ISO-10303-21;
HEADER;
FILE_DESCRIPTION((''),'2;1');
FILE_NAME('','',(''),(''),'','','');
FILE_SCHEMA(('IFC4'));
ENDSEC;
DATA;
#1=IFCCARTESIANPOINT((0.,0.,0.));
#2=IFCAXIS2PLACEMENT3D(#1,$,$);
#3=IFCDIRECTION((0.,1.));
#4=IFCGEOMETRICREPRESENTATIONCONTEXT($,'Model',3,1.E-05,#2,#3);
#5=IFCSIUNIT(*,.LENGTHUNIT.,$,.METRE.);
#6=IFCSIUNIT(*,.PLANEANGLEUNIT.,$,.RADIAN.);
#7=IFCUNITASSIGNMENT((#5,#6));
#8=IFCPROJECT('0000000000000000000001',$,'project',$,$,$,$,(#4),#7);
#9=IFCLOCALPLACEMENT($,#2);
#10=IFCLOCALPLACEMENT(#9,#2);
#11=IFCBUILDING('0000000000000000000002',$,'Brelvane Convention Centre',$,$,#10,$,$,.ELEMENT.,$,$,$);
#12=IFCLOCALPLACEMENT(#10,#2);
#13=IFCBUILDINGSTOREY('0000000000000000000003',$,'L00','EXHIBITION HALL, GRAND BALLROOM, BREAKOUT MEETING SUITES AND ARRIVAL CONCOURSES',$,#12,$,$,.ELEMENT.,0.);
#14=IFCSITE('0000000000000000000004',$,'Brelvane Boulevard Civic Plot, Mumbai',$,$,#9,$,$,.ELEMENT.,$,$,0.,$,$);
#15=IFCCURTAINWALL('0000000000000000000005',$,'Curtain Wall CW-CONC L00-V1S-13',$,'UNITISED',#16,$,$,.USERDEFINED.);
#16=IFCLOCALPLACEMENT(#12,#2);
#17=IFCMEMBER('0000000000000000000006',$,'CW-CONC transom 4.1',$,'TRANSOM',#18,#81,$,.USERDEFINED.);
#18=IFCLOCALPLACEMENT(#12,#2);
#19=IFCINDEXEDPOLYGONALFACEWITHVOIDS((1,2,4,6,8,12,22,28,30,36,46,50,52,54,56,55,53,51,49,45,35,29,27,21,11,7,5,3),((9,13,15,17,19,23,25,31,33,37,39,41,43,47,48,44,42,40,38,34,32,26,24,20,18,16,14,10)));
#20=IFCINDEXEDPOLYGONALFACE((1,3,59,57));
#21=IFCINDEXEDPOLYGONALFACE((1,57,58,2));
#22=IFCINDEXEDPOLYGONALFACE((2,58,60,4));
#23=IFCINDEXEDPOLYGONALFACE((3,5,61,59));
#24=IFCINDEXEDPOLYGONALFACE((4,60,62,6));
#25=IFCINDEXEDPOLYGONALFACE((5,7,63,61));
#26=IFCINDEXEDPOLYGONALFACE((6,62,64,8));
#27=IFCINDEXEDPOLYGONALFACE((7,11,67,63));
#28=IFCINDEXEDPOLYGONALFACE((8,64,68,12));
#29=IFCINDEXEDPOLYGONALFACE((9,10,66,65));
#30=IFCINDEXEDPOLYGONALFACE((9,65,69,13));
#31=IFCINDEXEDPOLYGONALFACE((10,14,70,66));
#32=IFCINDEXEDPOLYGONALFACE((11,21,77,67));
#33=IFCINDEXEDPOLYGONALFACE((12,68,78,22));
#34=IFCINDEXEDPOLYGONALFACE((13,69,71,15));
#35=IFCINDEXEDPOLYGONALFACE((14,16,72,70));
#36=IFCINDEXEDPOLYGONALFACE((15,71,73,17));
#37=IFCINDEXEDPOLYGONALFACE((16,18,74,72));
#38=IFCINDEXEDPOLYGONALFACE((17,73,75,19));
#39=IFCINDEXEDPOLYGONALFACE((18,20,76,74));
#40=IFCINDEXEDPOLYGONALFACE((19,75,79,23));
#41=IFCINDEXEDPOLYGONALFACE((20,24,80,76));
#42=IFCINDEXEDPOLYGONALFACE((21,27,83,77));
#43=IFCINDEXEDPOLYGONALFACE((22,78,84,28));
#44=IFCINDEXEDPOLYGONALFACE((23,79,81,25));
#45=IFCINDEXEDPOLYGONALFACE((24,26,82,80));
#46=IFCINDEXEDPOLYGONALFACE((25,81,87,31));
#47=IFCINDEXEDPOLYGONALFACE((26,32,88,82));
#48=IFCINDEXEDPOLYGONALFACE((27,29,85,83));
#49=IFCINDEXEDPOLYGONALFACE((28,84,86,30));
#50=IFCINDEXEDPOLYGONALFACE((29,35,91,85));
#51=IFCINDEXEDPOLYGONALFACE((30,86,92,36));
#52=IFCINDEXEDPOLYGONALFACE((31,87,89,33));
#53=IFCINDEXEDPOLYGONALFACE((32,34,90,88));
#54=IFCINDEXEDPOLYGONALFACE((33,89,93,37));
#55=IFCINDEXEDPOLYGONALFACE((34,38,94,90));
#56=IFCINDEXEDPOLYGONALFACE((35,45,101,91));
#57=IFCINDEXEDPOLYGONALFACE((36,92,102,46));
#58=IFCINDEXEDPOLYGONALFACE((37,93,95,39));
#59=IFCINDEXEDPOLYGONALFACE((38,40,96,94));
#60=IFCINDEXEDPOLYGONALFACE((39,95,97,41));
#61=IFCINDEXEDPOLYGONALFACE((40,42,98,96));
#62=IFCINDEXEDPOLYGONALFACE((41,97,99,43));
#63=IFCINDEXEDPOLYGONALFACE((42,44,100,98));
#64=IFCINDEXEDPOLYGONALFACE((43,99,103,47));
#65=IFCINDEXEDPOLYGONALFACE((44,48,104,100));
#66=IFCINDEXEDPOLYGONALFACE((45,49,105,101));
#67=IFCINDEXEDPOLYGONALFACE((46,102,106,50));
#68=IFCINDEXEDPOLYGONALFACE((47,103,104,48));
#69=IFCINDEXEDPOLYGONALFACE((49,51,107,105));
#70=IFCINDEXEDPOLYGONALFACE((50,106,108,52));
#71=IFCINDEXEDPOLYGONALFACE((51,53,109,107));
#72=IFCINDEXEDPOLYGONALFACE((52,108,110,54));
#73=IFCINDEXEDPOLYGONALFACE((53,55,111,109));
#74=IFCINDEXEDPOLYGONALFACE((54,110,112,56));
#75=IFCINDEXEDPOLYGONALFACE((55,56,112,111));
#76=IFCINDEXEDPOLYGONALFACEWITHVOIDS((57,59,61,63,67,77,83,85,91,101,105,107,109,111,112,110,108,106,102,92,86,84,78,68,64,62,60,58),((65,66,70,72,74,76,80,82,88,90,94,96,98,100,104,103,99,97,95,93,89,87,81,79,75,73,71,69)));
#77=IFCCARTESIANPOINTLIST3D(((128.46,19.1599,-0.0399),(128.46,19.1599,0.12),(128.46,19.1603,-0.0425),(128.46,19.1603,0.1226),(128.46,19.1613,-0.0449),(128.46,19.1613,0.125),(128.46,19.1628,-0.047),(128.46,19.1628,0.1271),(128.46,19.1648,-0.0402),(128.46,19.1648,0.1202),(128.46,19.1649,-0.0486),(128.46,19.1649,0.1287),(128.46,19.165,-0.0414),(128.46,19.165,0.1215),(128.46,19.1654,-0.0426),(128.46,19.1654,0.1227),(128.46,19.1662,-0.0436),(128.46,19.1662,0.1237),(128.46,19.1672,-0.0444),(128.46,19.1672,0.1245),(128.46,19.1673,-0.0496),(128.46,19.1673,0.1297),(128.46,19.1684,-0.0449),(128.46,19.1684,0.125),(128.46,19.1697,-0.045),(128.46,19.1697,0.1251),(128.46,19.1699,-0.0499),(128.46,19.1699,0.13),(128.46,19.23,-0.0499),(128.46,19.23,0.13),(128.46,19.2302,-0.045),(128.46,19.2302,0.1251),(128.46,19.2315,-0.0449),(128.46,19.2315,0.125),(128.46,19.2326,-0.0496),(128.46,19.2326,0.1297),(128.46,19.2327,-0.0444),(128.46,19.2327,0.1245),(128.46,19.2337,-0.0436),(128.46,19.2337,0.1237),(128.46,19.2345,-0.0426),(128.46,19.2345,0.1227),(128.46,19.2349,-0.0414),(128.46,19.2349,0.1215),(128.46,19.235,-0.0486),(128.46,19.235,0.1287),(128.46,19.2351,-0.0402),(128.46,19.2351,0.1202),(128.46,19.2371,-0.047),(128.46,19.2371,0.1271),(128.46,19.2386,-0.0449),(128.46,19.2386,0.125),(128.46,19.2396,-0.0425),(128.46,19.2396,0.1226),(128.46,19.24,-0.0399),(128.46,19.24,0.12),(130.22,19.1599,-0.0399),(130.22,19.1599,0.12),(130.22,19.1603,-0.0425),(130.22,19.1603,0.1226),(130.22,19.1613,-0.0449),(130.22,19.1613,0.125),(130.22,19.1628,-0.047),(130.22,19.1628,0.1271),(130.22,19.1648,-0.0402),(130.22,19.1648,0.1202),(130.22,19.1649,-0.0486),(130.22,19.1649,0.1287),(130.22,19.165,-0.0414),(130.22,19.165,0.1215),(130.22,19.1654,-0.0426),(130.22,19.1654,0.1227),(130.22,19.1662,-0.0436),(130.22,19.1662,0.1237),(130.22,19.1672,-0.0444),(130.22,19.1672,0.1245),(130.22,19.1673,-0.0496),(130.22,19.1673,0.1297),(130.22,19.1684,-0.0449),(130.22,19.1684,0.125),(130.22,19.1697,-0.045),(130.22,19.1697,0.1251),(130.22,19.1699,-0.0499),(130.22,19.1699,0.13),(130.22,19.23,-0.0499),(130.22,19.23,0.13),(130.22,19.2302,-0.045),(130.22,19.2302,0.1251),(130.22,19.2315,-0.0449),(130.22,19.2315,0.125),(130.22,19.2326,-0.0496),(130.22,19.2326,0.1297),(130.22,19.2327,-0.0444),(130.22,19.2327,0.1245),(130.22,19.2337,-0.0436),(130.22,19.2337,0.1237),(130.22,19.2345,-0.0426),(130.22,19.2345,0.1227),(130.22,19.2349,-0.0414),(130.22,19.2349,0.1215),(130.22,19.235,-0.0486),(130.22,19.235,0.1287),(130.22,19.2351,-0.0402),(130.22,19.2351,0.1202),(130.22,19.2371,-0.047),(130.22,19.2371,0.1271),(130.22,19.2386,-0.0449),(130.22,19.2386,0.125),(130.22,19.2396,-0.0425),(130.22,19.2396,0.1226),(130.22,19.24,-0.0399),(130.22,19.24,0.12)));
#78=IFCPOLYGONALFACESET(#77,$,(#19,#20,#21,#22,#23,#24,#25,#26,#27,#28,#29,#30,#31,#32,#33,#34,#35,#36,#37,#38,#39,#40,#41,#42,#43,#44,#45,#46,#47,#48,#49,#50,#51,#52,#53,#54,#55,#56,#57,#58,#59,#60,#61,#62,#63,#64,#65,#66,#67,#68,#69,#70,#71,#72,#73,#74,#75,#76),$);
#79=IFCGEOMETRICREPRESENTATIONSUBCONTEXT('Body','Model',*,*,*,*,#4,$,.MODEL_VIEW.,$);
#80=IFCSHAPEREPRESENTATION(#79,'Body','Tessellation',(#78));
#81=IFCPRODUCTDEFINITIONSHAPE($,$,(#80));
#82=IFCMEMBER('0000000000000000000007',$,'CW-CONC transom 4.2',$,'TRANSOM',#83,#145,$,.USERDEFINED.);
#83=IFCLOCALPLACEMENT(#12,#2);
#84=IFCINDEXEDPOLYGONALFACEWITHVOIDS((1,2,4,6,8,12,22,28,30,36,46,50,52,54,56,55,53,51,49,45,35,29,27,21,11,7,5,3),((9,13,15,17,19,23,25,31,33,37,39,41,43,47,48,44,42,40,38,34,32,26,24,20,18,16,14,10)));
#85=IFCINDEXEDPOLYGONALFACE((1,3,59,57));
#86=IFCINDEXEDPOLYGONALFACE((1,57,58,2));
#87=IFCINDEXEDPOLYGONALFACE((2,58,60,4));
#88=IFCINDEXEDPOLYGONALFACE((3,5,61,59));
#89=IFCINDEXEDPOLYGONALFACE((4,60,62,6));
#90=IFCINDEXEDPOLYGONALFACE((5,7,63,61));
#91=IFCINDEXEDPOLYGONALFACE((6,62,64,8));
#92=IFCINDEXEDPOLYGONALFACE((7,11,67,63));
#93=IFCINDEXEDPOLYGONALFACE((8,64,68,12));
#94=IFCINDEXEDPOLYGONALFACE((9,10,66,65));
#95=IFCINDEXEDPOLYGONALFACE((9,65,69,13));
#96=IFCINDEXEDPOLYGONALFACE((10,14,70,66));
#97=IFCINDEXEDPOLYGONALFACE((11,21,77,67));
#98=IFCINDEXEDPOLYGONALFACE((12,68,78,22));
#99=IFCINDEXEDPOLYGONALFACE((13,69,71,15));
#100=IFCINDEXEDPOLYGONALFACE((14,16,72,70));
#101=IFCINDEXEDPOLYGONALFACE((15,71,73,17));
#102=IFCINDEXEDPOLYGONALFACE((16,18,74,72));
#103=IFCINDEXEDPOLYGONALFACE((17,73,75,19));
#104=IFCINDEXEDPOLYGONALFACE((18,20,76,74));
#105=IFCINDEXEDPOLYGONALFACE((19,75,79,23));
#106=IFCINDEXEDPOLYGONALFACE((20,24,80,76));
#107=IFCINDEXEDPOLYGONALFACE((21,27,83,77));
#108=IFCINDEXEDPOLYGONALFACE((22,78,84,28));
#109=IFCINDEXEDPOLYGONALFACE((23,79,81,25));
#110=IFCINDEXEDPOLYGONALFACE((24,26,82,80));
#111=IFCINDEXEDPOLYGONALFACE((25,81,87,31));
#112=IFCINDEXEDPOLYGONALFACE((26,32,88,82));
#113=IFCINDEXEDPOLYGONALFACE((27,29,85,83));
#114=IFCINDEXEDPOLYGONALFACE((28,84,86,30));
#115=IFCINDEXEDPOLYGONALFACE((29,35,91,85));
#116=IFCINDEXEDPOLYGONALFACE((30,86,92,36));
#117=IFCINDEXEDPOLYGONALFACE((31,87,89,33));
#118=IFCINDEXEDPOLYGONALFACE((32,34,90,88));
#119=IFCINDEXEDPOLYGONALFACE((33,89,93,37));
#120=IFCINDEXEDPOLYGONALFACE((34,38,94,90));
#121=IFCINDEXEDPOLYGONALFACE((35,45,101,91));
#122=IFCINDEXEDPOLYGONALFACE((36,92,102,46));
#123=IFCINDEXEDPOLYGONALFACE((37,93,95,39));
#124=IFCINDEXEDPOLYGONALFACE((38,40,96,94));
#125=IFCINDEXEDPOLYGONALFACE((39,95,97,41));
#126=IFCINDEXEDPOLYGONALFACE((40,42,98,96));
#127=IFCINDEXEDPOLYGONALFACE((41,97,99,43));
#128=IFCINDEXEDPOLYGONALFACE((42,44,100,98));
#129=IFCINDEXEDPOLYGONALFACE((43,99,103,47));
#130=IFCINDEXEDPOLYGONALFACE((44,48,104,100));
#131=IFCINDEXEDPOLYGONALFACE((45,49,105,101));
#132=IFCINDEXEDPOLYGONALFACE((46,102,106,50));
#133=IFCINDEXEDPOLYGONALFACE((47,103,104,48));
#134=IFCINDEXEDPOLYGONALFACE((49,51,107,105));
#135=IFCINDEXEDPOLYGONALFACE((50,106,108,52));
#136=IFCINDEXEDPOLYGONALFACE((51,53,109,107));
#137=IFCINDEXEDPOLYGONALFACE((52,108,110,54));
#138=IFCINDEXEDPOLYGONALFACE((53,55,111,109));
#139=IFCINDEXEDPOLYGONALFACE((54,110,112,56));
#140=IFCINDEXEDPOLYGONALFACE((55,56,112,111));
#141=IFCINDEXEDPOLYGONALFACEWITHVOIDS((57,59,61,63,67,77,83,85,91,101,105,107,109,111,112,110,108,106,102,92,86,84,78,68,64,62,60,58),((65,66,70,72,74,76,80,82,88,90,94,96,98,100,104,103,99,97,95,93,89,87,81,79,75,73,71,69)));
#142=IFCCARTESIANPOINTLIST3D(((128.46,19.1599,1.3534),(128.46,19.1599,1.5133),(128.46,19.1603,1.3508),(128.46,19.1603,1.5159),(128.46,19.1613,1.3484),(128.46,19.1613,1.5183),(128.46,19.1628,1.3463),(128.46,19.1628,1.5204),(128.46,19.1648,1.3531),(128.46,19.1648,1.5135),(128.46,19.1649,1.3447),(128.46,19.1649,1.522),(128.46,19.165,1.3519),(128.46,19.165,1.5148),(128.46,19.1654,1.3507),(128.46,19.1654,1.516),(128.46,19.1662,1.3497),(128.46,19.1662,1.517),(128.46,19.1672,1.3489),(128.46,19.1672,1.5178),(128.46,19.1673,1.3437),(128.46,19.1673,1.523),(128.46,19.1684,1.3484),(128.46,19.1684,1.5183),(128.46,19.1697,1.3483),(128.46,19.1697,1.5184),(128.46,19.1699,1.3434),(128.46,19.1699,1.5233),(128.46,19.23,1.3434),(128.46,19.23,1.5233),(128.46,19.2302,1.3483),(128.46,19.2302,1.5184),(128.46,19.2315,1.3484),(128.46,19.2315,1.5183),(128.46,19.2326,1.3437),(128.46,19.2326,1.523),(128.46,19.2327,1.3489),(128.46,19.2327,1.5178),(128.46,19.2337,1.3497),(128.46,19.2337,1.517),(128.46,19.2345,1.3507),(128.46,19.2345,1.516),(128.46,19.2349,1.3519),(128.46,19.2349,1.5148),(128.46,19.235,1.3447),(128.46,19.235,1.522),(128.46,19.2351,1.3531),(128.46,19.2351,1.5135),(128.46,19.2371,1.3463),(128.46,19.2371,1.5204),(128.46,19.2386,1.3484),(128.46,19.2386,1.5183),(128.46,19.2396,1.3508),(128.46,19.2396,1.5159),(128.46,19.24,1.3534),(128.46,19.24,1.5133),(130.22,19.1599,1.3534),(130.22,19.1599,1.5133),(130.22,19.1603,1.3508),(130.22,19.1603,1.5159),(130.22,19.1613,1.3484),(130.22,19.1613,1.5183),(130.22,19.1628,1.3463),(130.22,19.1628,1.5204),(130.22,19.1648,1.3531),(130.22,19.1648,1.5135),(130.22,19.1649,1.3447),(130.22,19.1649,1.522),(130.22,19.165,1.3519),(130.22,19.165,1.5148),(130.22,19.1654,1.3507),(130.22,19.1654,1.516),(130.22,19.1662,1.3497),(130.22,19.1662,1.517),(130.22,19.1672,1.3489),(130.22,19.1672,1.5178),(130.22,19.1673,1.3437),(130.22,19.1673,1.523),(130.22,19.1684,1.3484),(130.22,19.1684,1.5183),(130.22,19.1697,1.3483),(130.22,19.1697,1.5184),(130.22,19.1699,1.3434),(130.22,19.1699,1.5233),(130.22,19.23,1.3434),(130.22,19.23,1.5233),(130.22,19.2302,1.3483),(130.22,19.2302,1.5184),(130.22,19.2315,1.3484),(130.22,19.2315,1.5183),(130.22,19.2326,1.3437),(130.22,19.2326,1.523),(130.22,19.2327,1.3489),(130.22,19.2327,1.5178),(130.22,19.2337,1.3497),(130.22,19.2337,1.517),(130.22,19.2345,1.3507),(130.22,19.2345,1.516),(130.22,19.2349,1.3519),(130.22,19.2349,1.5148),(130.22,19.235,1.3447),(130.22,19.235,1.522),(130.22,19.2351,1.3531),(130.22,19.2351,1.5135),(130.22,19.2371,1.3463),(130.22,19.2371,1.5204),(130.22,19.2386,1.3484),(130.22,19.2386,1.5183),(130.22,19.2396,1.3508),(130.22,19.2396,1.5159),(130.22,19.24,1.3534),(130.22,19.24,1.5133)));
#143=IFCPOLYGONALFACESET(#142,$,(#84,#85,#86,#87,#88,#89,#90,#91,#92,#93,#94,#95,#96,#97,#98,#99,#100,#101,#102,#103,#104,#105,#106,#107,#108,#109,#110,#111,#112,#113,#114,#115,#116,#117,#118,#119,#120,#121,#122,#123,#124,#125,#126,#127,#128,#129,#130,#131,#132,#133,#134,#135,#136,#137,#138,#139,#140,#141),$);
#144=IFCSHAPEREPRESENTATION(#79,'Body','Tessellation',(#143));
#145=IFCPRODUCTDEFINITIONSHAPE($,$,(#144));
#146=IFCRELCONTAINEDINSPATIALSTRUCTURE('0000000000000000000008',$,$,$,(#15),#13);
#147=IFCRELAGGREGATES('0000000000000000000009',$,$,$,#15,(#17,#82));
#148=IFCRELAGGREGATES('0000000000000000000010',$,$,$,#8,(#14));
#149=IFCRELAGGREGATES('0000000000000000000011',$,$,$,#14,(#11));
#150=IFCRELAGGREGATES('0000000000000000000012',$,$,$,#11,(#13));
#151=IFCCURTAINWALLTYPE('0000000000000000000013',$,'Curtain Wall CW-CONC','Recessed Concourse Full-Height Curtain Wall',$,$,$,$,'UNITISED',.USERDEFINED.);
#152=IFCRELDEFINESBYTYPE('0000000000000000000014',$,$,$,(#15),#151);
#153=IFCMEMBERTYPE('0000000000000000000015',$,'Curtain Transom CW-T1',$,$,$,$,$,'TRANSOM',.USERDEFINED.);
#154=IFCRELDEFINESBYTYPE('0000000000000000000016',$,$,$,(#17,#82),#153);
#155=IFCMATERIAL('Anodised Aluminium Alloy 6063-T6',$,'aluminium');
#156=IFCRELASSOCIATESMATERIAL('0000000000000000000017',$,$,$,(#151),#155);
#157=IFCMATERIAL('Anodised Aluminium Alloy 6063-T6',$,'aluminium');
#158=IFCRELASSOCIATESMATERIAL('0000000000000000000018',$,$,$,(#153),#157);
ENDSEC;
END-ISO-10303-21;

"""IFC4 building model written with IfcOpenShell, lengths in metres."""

from ifc_helpers import new_model, si_unit, direction, frame, origin, origin_2d, place, context, subcontext, project, spatial, hollow_rectangle, extrude, material, material_profile, profile_set, type_object, element, aggregate, save


model = new_model("IFC4")

# Units and contexts
model_context = context("Model", 3, precision=1e-05, world=origin(), true_north=direction((0.0, 1.0)))
body_context = subcontext(model_context, "Body", "Model", "MODEL_VIEW")
ifc_project = project(units=[si_unit("LENGTHUNIT", "METRE"), si_unit("PLANEANGLEUNIT", "RADIAN")], contexts=[model_context])

# Site, building, storey
site_placement = place(None, origin())
site = spatial("IfcSite", under=ifc_project, at=site_placement, Name="Brelvane Boulevard Civic Plot, Mumbai", CompositionType="ELEMENT", RefElevation=0.0)
building_placement = place(site_placement, origin())
building = spatial("IfcBuilding", under=site, at=building_placement, Name="Brelvane Convention Centre", CompositionType="ELEMENT")
storey_placement = place(building_placement, origin())
storey = spatial("IfcBuildingStorey", under=building, at=storey_placement, Name="L00", Description="EXHIBITION HALL, GRAND BALLROOM, BREAKOUT MEETING SUITES AND ARRIVAL CONCOURSES", CompositionType="ELEMENT", Elevation=0.0)

# Curtain wall, members
ifc_material_1 = material(Name="Anodised Aluminium Alloy 6063-T6", Category="aluminium")
curtain_wall_type = type_object("IfcCurtainWallType", Name="Curtain Wall CW-CONC", Description="Recessed Concourse Full-Height Curtain Wall", ElementType="UNITISED", PredefinedType="USERDEFINED", material=ifc_material_1)
curtain_wall_placement = place(storey_placement, origin())
curtain_wall = element("IfcCurtainWall", 1, at=curtain_wall_placement, inside=storey, type_object=curtain_wall_type, Name="Curtain Wall CW-CONC L00-V1S-13", ObjectType="UNITISED", PredefinedType="USERDEFINED")
ifc_material_2 = material(Name="Anodised Aluminium Alloy 6063-T6", Category="aluminium")
ifc_material_profile_1 = material_profile(ifc_material_2, hollow_rectangle(XDim=0.0801, YDim=0.1799, WallThickness=0.0049, InnerFilletRadius=0.0049, OuterFilletRadius=0.01, at=origin_2d()), Name="ALU-T 180x80x5.0")
ifc_profile_set_1 = profile_set([ifc_material_profile_1], Name="Anodised Aluminium Alloy 6063-T6")
member_type_1 = type_object("IfcMemberType", Name="Curtain Transom CW-T1", ElementType="TRANSOM", PredefinedType="USERDEFINED", material=ifc_profile_set_1)
member_1_placement = place(storey_placement, frame((128.46, 19.2, 0.04), z_axis=(1.0, 0.0, 0.0), x_axis=(0.0, 1.0, 0.0)))
member_1 = element("IfcMember", 2, at=member_1_placement, type_object=member_type_1, Name="CW-CONC transom 4.1", ObjectType="TRANSOM", PredefinedType="USERDEFINED", context=body_context, shape_type="SweptSolid", body=[
    extrude(hollow_rectangle(XDim=0.0801, YDim=0.1799, WallThickness=0.0049, InnerFilletRadius=0.0049, OuterFilletRadius=0.01, at=origin_2d()), origin(), (0.0, 0.0, 1.0), 1.76),
])
member_2_placement = place(storey_placement, frame((128.46, 19.2, 1.4333), z_axis=(1.0, 0.0, 0.0), x_axis=(0.0, 1.0, 0.0)))
member_2 = element("IfcMember", 3, at=member_2_placement, type_object=member_type_1, Name="CW-CONC transom 4.2", ObjectType="TRANSOM", PredefinedType="USERDEFINED", context=body_context, shape_type="SweptSolid", body=[
    extrude(hollow_rectangle(XDim=0.0801, YDim=0.1799, WallThickness=0.0049, InnerFilletRadius=0.0049, OuterFilletRadius=0.01, at=origin_2d()), origin(), (0.0, 0.0, 1.0), 1.76),
])

aggregate(curtain_wall, [member_1, member_2])

save(model, "model.ifc")
